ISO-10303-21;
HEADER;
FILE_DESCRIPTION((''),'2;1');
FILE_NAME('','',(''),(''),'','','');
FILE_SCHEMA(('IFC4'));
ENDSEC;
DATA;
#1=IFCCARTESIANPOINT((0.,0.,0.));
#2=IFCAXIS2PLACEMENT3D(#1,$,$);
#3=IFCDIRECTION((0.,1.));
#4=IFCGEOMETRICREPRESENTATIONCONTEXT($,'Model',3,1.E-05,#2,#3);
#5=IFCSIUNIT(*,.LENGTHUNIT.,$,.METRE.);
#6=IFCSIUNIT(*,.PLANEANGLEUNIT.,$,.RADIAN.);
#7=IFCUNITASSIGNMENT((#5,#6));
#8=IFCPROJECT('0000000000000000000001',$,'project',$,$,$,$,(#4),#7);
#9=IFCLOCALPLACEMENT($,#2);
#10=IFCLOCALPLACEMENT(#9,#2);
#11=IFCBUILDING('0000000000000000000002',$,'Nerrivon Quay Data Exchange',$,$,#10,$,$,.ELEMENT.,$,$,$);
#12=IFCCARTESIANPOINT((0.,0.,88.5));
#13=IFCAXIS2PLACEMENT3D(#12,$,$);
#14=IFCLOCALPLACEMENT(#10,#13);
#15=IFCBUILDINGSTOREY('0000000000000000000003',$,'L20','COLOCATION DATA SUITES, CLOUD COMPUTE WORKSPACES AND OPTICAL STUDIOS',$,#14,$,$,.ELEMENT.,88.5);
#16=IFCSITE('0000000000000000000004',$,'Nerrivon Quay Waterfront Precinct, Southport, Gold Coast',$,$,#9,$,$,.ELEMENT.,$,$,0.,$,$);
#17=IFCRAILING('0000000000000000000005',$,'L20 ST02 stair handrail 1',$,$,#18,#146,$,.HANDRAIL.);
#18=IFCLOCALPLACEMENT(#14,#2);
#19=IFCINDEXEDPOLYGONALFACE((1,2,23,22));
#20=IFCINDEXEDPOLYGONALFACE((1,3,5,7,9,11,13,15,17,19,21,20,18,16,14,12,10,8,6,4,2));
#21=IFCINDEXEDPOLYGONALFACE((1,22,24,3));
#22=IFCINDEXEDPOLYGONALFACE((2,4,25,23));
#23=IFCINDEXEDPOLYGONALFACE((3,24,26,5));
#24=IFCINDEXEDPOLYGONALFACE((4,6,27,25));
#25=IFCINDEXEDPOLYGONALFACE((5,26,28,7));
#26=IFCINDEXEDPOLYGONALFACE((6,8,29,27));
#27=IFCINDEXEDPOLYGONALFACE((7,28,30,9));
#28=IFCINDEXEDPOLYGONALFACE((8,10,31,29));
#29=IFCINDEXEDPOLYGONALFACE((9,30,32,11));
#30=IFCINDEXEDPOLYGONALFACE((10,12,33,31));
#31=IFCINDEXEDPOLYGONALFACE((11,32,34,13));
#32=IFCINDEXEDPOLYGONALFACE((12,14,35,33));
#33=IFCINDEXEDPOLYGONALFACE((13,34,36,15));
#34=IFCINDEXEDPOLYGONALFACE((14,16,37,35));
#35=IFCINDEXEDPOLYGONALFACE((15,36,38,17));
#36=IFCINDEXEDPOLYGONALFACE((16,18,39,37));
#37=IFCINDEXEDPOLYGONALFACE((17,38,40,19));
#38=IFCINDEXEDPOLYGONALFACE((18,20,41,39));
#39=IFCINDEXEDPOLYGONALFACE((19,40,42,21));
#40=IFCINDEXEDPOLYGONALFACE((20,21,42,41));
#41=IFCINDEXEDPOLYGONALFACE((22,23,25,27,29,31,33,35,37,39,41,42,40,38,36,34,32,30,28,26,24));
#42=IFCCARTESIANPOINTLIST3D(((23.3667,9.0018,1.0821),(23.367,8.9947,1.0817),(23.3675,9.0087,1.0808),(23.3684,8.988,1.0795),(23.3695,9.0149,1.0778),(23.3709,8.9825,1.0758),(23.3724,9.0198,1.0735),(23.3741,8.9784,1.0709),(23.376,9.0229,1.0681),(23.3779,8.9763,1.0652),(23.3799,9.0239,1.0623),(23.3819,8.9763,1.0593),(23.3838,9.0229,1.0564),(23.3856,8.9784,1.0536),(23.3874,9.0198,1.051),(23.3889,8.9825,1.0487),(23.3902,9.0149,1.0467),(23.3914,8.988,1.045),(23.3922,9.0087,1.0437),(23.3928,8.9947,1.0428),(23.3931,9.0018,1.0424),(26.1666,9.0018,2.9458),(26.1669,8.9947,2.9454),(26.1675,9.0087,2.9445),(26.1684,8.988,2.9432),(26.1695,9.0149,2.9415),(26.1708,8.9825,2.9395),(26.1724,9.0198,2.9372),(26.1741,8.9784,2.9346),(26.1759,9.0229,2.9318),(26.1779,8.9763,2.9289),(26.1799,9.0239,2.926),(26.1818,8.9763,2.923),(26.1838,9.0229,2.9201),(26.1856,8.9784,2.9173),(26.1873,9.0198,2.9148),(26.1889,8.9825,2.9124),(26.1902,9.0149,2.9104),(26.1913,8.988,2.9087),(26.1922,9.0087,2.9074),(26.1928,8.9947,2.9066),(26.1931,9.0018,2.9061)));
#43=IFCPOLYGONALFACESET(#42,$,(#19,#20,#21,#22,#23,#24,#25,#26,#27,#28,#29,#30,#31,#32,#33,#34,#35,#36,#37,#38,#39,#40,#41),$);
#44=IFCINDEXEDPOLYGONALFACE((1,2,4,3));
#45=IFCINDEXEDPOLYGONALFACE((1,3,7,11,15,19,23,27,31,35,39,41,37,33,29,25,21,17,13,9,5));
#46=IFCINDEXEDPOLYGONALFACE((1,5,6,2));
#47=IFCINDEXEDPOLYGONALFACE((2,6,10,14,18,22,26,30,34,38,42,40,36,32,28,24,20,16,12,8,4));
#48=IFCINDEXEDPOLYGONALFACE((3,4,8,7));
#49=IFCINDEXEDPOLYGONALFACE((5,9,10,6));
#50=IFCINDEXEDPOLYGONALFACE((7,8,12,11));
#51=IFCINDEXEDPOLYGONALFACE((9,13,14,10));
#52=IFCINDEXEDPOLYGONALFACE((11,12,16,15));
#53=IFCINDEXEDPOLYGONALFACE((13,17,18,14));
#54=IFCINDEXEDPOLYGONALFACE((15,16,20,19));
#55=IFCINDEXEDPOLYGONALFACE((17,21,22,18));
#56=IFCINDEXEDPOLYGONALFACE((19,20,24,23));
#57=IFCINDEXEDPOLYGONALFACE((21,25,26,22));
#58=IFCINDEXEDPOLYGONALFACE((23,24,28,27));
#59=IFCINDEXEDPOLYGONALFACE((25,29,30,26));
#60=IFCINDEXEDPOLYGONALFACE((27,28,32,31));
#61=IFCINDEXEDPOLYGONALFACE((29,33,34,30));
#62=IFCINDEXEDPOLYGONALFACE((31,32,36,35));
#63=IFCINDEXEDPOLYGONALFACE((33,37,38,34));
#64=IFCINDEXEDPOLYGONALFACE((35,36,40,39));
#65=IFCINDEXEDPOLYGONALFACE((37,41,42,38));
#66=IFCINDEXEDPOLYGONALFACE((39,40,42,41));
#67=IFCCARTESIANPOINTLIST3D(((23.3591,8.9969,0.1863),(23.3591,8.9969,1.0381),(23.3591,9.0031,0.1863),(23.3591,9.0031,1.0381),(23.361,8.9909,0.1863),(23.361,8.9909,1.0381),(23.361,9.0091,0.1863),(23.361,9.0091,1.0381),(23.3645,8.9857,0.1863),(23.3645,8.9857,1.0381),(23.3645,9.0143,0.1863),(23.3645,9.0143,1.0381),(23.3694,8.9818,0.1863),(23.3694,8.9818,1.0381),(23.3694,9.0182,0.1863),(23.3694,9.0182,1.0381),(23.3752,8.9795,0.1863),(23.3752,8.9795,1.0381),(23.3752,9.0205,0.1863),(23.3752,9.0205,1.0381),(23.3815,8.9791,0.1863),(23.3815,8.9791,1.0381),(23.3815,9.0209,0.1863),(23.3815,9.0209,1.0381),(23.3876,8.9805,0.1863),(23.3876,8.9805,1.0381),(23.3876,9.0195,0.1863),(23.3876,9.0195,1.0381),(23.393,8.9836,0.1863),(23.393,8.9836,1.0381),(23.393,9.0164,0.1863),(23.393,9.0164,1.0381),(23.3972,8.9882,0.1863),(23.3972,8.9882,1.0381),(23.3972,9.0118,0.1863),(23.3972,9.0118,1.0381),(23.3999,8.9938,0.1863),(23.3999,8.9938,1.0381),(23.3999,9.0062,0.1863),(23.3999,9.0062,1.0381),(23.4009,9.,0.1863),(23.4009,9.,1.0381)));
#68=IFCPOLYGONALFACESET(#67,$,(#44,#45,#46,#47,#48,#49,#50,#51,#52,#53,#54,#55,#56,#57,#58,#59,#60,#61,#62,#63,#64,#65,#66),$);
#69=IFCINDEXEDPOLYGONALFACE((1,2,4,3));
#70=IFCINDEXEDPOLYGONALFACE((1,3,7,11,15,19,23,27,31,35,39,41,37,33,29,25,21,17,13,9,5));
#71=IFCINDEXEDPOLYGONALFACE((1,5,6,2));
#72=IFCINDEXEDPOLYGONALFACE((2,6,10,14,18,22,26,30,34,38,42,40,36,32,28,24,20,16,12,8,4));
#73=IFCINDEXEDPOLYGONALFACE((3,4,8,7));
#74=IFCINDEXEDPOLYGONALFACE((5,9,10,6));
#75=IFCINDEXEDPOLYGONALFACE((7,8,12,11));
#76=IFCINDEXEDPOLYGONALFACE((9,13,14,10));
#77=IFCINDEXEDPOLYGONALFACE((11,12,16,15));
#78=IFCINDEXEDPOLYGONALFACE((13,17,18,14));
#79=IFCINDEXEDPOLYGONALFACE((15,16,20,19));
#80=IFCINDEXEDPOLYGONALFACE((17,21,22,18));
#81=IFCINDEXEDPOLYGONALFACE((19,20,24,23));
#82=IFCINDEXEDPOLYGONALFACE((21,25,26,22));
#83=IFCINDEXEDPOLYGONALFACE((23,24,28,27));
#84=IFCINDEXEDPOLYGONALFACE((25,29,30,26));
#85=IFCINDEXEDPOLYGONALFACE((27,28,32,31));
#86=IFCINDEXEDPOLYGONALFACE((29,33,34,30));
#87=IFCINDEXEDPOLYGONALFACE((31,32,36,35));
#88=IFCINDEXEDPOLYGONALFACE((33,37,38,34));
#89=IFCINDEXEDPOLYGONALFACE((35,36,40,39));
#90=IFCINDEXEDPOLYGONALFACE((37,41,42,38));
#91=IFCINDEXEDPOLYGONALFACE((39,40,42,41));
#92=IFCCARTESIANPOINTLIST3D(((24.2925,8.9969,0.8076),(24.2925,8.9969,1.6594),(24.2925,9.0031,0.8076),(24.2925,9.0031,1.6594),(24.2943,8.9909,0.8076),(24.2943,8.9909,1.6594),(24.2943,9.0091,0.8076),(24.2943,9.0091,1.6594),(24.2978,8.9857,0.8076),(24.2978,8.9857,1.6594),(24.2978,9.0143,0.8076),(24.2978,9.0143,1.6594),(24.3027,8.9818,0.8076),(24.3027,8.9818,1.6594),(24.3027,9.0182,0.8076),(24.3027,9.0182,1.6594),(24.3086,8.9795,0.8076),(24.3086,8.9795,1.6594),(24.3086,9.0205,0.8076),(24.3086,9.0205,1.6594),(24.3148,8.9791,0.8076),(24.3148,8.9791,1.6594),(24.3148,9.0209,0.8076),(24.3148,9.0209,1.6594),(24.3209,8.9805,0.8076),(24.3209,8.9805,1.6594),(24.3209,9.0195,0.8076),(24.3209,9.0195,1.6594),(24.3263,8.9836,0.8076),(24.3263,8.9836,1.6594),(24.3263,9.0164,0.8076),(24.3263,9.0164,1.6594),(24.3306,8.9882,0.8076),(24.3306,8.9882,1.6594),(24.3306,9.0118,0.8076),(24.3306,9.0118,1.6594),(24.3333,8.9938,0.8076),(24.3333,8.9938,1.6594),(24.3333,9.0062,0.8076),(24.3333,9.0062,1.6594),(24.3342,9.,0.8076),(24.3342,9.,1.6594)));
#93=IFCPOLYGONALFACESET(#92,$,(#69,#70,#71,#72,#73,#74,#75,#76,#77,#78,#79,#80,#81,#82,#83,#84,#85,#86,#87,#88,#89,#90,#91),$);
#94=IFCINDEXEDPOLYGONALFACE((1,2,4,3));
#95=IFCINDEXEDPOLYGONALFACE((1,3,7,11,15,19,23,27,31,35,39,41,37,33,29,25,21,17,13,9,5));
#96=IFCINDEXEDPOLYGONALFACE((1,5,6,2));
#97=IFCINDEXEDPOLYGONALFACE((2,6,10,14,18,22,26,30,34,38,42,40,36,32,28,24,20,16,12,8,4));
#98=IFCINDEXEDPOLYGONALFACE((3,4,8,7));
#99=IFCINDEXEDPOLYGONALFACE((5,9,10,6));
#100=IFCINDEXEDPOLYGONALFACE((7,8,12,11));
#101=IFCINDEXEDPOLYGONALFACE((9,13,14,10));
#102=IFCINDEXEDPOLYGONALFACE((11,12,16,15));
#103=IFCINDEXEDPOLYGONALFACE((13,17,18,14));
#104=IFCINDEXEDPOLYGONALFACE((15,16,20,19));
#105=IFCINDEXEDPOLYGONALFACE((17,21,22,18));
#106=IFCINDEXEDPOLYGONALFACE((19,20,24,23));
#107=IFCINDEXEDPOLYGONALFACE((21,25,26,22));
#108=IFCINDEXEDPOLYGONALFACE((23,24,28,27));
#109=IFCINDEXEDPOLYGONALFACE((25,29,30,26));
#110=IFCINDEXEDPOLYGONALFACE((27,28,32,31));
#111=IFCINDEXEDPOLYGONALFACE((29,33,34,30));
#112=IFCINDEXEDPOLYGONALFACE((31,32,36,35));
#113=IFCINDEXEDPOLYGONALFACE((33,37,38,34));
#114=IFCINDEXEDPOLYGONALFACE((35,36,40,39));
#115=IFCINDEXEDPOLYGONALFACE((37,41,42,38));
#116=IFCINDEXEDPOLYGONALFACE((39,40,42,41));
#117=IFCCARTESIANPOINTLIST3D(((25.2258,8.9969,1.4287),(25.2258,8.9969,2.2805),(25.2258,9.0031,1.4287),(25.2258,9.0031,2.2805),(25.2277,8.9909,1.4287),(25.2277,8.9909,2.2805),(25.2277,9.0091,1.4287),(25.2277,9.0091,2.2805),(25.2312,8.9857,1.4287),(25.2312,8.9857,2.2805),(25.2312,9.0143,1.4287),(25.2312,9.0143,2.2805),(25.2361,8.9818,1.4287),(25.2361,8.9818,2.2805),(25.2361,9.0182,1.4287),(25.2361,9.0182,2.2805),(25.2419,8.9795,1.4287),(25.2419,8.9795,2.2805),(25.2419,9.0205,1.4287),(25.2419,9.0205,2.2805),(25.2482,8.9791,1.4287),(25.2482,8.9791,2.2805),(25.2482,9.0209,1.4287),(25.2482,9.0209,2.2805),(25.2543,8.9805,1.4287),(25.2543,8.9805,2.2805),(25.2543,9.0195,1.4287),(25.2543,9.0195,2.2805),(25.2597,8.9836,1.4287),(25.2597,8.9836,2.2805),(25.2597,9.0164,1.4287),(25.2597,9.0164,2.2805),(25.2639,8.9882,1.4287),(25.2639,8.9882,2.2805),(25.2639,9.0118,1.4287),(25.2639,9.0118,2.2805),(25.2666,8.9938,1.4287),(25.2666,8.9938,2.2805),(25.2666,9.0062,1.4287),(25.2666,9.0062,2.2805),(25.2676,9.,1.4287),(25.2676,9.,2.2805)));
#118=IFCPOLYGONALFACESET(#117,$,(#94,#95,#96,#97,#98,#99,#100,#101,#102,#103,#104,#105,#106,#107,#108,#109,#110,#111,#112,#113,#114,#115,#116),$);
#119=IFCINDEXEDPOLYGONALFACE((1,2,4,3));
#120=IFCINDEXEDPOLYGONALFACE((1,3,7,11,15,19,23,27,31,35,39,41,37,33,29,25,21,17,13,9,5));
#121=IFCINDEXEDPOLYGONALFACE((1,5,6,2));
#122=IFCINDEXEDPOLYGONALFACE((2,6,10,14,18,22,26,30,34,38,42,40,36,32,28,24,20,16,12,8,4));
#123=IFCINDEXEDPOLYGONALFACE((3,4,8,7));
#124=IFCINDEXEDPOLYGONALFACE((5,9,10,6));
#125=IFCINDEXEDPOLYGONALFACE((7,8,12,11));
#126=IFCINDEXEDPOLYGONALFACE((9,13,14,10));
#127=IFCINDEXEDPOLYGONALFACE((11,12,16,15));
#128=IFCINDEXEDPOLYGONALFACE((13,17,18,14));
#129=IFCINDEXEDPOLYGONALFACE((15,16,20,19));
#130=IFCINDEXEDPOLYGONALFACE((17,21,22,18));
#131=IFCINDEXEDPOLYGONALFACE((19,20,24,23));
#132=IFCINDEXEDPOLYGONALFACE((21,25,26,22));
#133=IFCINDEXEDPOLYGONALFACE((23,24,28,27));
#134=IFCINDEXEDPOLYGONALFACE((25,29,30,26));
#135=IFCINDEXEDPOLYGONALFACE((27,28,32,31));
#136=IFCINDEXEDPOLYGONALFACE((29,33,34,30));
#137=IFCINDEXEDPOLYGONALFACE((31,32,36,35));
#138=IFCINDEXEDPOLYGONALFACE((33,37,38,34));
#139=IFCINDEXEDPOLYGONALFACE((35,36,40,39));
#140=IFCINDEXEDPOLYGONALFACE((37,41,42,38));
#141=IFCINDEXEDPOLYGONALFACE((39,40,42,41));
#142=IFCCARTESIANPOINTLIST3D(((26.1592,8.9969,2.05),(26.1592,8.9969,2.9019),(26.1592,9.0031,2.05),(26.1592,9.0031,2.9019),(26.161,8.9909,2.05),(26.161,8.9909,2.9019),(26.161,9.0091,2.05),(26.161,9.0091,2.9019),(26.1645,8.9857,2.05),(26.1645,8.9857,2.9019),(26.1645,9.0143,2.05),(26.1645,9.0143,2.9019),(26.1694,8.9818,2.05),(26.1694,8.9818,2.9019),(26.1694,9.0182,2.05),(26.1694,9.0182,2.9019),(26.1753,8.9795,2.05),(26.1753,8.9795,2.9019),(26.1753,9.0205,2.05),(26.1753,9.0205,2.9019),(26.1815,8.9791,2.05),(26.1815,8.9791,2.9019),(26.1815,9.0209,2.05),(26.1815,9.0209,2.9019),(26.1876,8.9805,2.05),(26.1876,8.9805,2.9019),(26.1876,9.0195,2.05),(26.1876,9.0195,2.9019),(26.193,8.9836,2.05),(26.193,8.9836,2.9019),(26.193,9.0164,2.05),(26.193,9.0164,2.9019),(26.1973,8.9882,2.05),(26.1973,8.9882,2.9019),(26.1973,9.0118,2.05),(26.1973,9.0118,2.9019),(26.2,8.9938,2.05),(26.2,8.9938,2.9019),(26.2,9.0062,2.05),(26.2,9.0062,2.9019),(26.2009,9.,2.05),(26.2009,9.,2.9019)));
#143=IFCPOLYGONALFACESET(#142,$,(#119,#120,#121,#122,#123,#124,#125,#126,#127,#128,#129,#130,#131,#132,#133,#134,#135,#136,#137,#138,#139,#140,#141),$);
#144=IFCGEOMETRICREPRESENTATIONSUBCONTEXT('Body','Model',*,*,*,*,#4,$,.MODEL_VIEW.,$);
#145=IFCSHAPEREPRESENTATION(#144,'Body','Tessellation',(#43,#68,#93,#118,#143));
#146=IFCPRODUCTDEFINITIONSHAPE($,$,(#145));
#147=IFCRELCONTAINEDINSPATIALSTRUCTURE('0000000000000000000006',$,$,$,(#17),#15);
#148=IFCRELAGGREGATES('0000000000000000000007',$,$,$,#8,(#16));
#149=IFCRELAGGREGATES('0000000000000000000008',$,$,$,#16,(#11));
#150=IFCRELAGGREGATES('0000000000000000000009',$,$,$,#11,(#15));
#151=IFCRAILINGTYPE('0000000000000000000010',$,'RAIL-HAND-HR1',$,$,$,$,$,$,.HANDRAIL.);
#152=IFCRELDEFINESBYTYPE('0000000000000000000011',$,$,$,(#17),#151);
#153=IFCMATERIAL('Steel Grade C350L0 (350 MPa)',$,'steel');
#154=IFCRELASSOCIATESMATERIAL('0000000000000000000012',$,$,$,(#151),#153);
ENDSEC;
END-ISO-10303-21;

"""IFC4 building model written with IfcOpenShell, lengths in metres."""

from ifc_helpers import new_model, si_unit, direction, frame, origin, origin_2d, place, context, subcontext, project, spatial, circle, extrude, material, type_object, element, save


model = new_model("IFC4")

# Units and contexts
model_context = context("Model", 3, precision=1e-05, world=origin(), true_north=direction((0.0, 1.0)))
body_context = subcontext(model_context, "Body", "Model", "MODEL_VIEW")
ifc_project = project(units=[si_unit("LENGTHUNIT", "METRE"), si_unit("PLANEANGLEUNIT", "RADIAN")], contexts=[model_context])

# Site, building, storey
site_placement = place(None, origin())
site = spatial("IfcSite", under=ifc_project, at=site_placement, Name="Nerrivon Quay Waterfront Precinct, Southport, Gold Coast", CompositionType="ELEMENT", RefElevation=0.0)
building_placement = place(site_placement, origin())
building = spatial("IfcBuilding", under=site, at=building_placement, Name="Nerrivon Quay Data Exchange", CompositionType="ELEMENT")
storey_placement = place(building_placement, frame((0.0, 0.0, 88.5)))
storey = spatial("IfcBuildingStorey", under=building, at=storey_placement, Name="L20", Description="COLOCATION DATA SUITES, CLOUD COMPUTE WORKSPACES AND OPTICAL STUDIOS", CompositionType="ELEMENT", Elevation=88.5)

# Railing
ifc_material_1 = material(Name="Steel Grade C350L0 (350 MPa)", Category="steel")
railing_type_1 = type_object("IfcRailingType", Name="RAIL-HAND-HR1", PredefinedType="HANDRAIL", material=ifc_material_1)
railing_1_placement = place(storey_placement, frame((23.3799, 9.0, 0.1863)))
element("IfcRailing", 1, at=railing_1_placement, inside=storey, type_object=railing_type_1, Name="L20 ST02 stair handrail 1", PredefinedType="HANDRAIL", context=body_context, shape_type="SweptSolid", body=[
    extrude(circle(Radius=0.0239, at=origin_2d()), frame((0.0, 0.0, 0.876), z_axis=(0.832452, 0.0, 0.554097), x_axis=(0.0, 1.0, 0.0)), (0.0, 0.0, 1.0), 3.3635),
    extrude(circle(Radius=0.021, at=origin_2d()), origin(), (0.0, 0.0, 1.0), 0.8518),
    extrude(circle(Radius=0.021, at=origin_2d()), frame((0.9333, 0.0, 0.6213)), (0.0, 0.0, 1.0), 0.8518),
    extrude(circle(Radius=0.021, at=origin_2d()), frame((1.8667, 0.0, 1.2424)), (0.0, 0.0, 1.0), 0.8518),
    extrude(circle(Radius=0.021, at=origin_2d()), frame((2.8, 0.0, 1.8638)), (0.0, 0.0, 1.0), 0.8518),
])

save(model, "model.ifc")
